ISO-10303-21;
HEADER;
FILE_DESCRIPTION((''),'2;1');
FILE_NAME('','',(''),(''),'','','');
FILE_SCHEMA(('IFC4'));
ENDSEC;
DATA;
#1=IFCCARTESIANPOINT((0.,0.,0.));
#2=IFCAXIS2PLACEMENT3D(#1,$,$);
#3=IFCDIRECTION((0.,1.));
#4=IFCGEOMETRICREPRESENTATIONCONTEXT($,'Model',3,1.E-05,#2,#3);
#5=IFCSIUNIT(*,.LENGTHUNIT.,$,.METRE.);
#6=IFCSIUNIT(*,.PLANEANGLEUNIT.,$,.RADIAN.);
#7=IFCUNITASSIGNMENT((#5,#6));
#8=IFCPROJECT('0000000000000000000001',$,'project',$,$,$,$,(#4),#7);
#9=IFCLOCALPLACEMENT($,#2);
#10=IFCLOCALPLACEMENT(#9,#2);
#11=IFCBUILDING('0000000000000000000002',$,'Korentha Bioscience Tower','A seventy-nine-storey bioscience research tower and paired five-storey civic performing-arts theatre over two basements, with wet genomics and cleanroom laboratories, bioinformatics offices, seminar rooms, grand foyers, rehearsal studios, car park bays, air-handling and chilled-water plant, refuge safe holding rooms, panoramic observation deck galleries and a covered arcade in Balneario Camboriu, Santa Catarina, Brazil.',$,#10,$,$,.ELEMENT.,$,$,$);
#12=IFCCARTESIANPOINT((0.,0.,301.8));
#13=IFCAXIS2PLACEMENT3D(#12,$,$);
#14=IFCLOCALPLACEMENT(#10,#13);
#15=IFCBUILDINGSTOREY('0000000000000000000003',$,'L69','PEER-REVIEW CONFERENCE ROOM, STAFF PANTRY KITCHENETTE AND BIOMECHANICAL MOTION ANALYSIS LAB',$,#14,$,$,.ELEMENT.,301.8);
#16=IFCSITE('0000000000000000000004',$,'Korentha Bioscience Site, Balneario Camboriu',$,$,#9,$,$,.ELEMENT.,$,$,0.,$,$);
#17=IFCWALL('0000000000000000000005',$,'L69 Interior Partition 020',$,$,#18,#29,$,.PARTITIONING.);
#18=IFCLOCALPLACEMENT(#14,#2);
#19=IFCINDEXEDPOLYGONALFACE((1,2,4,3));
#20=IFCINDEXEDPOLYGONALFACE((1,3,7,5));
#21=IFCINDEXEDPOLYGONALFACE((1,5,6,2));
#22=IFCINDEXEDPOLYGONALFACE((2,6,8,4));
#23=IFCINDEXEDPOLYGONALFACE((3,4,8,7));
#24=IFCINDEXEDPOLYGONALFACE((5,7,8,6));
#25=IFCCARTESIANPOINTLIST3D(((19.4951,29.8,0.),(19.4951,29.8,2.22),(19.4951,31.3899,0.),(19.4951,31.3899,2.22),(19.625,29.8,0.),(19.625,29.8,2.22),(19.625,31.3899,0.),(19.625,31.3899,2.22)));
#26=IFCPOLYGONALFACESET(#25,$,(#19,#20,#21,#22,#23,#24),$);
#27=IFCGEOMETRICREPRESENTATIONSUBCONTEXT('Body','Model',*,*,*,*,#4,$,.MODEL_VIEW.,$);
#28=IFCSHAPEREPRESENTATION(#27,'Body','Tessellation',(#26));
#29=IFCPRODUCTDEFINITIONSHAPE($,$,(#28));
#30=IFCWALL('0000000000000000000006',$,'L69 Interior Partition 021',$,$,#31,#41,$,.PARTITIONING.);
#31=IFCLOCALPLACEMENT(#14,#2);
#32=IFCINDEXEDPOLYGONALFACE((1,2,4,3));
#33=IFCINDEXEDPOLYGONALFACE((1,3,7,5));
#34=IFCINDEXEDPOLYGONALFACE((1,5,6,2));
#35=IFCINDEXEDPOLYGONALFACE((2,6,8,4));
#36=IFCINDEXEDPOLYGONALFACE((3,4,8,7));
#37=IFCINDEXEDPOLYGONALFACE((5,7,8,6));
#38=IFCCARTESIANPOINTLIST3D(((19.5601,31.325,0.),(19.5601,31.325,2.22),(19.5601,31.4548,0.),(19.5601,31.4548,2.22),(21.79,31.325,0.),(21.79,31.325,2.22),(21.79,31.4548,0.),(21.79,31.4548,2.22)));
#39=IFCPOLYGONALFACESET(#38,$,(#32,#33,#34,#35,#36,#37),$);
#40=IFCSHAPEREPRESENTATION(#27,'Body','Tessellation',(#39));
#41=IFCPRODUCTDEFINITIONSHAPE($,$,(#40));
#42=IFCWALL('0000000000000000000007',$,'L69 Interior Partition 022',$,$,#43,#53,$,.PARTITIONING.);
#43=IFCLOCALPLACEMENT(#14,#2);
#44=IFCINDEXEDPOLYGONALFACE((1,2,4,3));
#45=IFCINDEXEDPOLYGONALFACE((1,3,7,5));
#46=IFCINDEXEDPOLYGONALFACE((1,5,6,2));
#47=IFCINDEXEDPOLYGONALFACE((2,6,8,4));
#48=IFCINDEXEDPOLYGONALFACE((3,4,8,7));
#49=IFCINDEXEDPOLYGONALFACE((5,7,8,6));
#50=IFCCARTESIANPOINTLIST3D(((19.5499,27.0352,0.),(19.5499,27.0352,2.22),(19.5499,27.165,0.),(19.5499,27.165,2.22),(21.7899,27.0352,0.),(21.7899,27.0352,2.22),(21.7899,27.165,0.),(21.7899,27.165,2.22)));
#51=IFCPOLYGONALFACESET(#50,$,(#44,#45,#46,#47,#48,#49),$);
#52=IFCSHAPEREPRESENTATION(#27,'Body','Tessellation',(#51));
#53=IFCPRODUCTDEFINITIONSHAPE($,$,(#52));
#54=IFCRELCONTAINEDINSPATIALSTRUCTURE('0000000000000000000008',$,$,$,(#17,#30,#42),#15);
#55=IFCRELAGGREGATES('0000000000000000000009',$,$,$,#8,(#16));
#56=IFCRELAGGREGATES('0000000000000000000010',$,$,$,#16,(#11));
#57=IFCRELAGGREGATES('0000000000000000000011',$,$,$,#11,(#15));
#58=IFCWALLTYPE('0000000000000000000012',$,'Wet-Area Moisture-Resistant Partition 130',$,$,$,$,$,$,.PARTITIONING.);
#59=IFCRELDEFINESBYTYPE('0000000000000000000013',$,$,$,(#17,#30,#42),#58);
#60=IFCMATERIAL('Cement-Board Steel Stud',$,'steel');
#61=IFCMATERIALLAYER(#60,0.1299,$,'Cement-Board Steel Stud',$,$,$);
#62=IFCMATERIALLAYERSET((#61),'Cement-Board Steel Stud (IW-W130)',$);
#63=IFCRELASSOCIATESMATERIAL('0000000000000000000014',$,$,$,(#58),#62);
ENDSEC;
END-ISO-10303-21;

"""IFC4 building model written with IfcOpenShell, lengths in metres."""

from ifc_helpers import new_model, si_unit, direction, frame, frame_2d, origin, place, context, subcontext, project, spatial, rectangle, extrude, material, layer, layer_set, type_object, element, save


model = new_model("IFC4")

# Units and contexts
model_context = context("Model", 3, precision=1e-05, world=origin(), true_north=direction((0.0, 1.0)))
body_context = subcontext(model_context, "Body", "Model", "MODEL_VIEW")
ifc_project = project(units=[si_unit("LENGTHUNIT", "METRE"), si_unit("PLANEANGLEUNIT", "RADIAN")], contexts=[model_context])

# Site, building, storey
site_placement = place(None, origin())
site = spatial("IfcSite", under=ifc_project, at=site_placement, Name="Korentha Bioscience Site, Balneario Camboriu", CompositionType="ELEMENT", RefElevation=0.0)
building_placement = place(site_placement, origin())
building = spatial("IfcBuilding", under=site, at=building_placement, Name="Korentha Bioscience Tower", Description="A seventy-nine-storey bioscience research tower and paired five-storey civic performing-arts theatre over two basements, with wet genomics and cleanroom laboratories, bioinformatics offices, seminar rooms, grand foyers, rehearsal studios, car park bays, air-handling and chilled-water plant, refuge safe holding rooms, panoramic observation deck galleries and a covered arcade in Balneario Camboriu, Santa Catarina, Brazil.", CompositionType="ELEMENT")
storey_placement = place(building_placement, frame((0.0, 0.0, 301.8)))
storey = spatial("IfcBuildingStorey", under=building, at=storey_placement, Name="L69", Description="PEER-REVIEW CONFERENCE ROOM, STAFF PANTRY KITCHENETTE AND BIOMECHANICAL MOTION ANALYSIS LAB", CompositionType="ELEMENT", Elevation=301.8)

# Shared definitions
ifc_material_1 = material(Name="Cement-Board Steel Stud", Category="steel")
ifc_layer_1 = layer(ifc_material_1, 0.1299, Name="Cement-Board Steel Stud")
ifc_layer_set_1 = layer_set([ifc_layer_1], Name="Cement-Board Steel Stud (IW-W130)")
wall_type_1 = type_object("IfcWallType", Name="Wet-Area Moisture-Resistant Partition 130", PredefinedType="PARTITIONING", material=ifc_layer_set_1)

# Walls
wall_1_placement = place(storey_placement, frame((19.5601, 29.8, 0.0), z_axis=(0.0, 0.0, 1.0), x_axis=(0.0, 1.0, 0.0)))
element("IfcWall", 1, at=wall_1_placement, inside=storey, type_object=wall_type_1, Name="L69 Interior Partition 020", PredefinedType="PARTITIONING", context=body_context, shape_type="SweptSolid", body=[
    extrude(rectangle(XDim=1.5898, YDim=0.1299, at=frame_2d((0.7949, 0.0))), origin(), (0.0, 0.0, 1.0), 2.22),
])
wall_2_placement = place(storey_placement, frame((19.5601, 31.3899, 0.0), z_axis=(0.0, 0.0, 1.0), x_axis=(1.0, 0.0, 0.0)))
element("IfcWall", 2, at=wall_2_placement, inside=storey, type_object=wall_type_1, Name="L69 Interior Partition 021", PredefinedType="PARTITIONING", context=body_context, shape_type="SweptSolid", body=[
    extrude(rectangle(XDim=2.23, YDim=0.1299, at=frame_2d((1.115, 0.0))), origin(), (0.0, 0.0, 1.0), 2.22),
])
wall_3_placement = place(storey_placement, frame((21.79, 27.1001, 0.0), z_axis=(0.0, 0.0, 1.0), x_axis=(-1.0, 0.0, 0.0)))
element("IfcWall", 3, at=wall_3_placement, inside=storey, type_object=wall_type_1, Name="L69 Interior Partition 022", PredefinedType="PARTITIONING", context=body_context, shape_type="SweptSolid", body=[
    extrude(rectangle(XDim=2.24, YDim=0.1299, at=frame_2d((1.1201, 0.0))), origin(), (0.0, 0.0, 1.0), 2.22),
])

save(model, "model.ifc")
